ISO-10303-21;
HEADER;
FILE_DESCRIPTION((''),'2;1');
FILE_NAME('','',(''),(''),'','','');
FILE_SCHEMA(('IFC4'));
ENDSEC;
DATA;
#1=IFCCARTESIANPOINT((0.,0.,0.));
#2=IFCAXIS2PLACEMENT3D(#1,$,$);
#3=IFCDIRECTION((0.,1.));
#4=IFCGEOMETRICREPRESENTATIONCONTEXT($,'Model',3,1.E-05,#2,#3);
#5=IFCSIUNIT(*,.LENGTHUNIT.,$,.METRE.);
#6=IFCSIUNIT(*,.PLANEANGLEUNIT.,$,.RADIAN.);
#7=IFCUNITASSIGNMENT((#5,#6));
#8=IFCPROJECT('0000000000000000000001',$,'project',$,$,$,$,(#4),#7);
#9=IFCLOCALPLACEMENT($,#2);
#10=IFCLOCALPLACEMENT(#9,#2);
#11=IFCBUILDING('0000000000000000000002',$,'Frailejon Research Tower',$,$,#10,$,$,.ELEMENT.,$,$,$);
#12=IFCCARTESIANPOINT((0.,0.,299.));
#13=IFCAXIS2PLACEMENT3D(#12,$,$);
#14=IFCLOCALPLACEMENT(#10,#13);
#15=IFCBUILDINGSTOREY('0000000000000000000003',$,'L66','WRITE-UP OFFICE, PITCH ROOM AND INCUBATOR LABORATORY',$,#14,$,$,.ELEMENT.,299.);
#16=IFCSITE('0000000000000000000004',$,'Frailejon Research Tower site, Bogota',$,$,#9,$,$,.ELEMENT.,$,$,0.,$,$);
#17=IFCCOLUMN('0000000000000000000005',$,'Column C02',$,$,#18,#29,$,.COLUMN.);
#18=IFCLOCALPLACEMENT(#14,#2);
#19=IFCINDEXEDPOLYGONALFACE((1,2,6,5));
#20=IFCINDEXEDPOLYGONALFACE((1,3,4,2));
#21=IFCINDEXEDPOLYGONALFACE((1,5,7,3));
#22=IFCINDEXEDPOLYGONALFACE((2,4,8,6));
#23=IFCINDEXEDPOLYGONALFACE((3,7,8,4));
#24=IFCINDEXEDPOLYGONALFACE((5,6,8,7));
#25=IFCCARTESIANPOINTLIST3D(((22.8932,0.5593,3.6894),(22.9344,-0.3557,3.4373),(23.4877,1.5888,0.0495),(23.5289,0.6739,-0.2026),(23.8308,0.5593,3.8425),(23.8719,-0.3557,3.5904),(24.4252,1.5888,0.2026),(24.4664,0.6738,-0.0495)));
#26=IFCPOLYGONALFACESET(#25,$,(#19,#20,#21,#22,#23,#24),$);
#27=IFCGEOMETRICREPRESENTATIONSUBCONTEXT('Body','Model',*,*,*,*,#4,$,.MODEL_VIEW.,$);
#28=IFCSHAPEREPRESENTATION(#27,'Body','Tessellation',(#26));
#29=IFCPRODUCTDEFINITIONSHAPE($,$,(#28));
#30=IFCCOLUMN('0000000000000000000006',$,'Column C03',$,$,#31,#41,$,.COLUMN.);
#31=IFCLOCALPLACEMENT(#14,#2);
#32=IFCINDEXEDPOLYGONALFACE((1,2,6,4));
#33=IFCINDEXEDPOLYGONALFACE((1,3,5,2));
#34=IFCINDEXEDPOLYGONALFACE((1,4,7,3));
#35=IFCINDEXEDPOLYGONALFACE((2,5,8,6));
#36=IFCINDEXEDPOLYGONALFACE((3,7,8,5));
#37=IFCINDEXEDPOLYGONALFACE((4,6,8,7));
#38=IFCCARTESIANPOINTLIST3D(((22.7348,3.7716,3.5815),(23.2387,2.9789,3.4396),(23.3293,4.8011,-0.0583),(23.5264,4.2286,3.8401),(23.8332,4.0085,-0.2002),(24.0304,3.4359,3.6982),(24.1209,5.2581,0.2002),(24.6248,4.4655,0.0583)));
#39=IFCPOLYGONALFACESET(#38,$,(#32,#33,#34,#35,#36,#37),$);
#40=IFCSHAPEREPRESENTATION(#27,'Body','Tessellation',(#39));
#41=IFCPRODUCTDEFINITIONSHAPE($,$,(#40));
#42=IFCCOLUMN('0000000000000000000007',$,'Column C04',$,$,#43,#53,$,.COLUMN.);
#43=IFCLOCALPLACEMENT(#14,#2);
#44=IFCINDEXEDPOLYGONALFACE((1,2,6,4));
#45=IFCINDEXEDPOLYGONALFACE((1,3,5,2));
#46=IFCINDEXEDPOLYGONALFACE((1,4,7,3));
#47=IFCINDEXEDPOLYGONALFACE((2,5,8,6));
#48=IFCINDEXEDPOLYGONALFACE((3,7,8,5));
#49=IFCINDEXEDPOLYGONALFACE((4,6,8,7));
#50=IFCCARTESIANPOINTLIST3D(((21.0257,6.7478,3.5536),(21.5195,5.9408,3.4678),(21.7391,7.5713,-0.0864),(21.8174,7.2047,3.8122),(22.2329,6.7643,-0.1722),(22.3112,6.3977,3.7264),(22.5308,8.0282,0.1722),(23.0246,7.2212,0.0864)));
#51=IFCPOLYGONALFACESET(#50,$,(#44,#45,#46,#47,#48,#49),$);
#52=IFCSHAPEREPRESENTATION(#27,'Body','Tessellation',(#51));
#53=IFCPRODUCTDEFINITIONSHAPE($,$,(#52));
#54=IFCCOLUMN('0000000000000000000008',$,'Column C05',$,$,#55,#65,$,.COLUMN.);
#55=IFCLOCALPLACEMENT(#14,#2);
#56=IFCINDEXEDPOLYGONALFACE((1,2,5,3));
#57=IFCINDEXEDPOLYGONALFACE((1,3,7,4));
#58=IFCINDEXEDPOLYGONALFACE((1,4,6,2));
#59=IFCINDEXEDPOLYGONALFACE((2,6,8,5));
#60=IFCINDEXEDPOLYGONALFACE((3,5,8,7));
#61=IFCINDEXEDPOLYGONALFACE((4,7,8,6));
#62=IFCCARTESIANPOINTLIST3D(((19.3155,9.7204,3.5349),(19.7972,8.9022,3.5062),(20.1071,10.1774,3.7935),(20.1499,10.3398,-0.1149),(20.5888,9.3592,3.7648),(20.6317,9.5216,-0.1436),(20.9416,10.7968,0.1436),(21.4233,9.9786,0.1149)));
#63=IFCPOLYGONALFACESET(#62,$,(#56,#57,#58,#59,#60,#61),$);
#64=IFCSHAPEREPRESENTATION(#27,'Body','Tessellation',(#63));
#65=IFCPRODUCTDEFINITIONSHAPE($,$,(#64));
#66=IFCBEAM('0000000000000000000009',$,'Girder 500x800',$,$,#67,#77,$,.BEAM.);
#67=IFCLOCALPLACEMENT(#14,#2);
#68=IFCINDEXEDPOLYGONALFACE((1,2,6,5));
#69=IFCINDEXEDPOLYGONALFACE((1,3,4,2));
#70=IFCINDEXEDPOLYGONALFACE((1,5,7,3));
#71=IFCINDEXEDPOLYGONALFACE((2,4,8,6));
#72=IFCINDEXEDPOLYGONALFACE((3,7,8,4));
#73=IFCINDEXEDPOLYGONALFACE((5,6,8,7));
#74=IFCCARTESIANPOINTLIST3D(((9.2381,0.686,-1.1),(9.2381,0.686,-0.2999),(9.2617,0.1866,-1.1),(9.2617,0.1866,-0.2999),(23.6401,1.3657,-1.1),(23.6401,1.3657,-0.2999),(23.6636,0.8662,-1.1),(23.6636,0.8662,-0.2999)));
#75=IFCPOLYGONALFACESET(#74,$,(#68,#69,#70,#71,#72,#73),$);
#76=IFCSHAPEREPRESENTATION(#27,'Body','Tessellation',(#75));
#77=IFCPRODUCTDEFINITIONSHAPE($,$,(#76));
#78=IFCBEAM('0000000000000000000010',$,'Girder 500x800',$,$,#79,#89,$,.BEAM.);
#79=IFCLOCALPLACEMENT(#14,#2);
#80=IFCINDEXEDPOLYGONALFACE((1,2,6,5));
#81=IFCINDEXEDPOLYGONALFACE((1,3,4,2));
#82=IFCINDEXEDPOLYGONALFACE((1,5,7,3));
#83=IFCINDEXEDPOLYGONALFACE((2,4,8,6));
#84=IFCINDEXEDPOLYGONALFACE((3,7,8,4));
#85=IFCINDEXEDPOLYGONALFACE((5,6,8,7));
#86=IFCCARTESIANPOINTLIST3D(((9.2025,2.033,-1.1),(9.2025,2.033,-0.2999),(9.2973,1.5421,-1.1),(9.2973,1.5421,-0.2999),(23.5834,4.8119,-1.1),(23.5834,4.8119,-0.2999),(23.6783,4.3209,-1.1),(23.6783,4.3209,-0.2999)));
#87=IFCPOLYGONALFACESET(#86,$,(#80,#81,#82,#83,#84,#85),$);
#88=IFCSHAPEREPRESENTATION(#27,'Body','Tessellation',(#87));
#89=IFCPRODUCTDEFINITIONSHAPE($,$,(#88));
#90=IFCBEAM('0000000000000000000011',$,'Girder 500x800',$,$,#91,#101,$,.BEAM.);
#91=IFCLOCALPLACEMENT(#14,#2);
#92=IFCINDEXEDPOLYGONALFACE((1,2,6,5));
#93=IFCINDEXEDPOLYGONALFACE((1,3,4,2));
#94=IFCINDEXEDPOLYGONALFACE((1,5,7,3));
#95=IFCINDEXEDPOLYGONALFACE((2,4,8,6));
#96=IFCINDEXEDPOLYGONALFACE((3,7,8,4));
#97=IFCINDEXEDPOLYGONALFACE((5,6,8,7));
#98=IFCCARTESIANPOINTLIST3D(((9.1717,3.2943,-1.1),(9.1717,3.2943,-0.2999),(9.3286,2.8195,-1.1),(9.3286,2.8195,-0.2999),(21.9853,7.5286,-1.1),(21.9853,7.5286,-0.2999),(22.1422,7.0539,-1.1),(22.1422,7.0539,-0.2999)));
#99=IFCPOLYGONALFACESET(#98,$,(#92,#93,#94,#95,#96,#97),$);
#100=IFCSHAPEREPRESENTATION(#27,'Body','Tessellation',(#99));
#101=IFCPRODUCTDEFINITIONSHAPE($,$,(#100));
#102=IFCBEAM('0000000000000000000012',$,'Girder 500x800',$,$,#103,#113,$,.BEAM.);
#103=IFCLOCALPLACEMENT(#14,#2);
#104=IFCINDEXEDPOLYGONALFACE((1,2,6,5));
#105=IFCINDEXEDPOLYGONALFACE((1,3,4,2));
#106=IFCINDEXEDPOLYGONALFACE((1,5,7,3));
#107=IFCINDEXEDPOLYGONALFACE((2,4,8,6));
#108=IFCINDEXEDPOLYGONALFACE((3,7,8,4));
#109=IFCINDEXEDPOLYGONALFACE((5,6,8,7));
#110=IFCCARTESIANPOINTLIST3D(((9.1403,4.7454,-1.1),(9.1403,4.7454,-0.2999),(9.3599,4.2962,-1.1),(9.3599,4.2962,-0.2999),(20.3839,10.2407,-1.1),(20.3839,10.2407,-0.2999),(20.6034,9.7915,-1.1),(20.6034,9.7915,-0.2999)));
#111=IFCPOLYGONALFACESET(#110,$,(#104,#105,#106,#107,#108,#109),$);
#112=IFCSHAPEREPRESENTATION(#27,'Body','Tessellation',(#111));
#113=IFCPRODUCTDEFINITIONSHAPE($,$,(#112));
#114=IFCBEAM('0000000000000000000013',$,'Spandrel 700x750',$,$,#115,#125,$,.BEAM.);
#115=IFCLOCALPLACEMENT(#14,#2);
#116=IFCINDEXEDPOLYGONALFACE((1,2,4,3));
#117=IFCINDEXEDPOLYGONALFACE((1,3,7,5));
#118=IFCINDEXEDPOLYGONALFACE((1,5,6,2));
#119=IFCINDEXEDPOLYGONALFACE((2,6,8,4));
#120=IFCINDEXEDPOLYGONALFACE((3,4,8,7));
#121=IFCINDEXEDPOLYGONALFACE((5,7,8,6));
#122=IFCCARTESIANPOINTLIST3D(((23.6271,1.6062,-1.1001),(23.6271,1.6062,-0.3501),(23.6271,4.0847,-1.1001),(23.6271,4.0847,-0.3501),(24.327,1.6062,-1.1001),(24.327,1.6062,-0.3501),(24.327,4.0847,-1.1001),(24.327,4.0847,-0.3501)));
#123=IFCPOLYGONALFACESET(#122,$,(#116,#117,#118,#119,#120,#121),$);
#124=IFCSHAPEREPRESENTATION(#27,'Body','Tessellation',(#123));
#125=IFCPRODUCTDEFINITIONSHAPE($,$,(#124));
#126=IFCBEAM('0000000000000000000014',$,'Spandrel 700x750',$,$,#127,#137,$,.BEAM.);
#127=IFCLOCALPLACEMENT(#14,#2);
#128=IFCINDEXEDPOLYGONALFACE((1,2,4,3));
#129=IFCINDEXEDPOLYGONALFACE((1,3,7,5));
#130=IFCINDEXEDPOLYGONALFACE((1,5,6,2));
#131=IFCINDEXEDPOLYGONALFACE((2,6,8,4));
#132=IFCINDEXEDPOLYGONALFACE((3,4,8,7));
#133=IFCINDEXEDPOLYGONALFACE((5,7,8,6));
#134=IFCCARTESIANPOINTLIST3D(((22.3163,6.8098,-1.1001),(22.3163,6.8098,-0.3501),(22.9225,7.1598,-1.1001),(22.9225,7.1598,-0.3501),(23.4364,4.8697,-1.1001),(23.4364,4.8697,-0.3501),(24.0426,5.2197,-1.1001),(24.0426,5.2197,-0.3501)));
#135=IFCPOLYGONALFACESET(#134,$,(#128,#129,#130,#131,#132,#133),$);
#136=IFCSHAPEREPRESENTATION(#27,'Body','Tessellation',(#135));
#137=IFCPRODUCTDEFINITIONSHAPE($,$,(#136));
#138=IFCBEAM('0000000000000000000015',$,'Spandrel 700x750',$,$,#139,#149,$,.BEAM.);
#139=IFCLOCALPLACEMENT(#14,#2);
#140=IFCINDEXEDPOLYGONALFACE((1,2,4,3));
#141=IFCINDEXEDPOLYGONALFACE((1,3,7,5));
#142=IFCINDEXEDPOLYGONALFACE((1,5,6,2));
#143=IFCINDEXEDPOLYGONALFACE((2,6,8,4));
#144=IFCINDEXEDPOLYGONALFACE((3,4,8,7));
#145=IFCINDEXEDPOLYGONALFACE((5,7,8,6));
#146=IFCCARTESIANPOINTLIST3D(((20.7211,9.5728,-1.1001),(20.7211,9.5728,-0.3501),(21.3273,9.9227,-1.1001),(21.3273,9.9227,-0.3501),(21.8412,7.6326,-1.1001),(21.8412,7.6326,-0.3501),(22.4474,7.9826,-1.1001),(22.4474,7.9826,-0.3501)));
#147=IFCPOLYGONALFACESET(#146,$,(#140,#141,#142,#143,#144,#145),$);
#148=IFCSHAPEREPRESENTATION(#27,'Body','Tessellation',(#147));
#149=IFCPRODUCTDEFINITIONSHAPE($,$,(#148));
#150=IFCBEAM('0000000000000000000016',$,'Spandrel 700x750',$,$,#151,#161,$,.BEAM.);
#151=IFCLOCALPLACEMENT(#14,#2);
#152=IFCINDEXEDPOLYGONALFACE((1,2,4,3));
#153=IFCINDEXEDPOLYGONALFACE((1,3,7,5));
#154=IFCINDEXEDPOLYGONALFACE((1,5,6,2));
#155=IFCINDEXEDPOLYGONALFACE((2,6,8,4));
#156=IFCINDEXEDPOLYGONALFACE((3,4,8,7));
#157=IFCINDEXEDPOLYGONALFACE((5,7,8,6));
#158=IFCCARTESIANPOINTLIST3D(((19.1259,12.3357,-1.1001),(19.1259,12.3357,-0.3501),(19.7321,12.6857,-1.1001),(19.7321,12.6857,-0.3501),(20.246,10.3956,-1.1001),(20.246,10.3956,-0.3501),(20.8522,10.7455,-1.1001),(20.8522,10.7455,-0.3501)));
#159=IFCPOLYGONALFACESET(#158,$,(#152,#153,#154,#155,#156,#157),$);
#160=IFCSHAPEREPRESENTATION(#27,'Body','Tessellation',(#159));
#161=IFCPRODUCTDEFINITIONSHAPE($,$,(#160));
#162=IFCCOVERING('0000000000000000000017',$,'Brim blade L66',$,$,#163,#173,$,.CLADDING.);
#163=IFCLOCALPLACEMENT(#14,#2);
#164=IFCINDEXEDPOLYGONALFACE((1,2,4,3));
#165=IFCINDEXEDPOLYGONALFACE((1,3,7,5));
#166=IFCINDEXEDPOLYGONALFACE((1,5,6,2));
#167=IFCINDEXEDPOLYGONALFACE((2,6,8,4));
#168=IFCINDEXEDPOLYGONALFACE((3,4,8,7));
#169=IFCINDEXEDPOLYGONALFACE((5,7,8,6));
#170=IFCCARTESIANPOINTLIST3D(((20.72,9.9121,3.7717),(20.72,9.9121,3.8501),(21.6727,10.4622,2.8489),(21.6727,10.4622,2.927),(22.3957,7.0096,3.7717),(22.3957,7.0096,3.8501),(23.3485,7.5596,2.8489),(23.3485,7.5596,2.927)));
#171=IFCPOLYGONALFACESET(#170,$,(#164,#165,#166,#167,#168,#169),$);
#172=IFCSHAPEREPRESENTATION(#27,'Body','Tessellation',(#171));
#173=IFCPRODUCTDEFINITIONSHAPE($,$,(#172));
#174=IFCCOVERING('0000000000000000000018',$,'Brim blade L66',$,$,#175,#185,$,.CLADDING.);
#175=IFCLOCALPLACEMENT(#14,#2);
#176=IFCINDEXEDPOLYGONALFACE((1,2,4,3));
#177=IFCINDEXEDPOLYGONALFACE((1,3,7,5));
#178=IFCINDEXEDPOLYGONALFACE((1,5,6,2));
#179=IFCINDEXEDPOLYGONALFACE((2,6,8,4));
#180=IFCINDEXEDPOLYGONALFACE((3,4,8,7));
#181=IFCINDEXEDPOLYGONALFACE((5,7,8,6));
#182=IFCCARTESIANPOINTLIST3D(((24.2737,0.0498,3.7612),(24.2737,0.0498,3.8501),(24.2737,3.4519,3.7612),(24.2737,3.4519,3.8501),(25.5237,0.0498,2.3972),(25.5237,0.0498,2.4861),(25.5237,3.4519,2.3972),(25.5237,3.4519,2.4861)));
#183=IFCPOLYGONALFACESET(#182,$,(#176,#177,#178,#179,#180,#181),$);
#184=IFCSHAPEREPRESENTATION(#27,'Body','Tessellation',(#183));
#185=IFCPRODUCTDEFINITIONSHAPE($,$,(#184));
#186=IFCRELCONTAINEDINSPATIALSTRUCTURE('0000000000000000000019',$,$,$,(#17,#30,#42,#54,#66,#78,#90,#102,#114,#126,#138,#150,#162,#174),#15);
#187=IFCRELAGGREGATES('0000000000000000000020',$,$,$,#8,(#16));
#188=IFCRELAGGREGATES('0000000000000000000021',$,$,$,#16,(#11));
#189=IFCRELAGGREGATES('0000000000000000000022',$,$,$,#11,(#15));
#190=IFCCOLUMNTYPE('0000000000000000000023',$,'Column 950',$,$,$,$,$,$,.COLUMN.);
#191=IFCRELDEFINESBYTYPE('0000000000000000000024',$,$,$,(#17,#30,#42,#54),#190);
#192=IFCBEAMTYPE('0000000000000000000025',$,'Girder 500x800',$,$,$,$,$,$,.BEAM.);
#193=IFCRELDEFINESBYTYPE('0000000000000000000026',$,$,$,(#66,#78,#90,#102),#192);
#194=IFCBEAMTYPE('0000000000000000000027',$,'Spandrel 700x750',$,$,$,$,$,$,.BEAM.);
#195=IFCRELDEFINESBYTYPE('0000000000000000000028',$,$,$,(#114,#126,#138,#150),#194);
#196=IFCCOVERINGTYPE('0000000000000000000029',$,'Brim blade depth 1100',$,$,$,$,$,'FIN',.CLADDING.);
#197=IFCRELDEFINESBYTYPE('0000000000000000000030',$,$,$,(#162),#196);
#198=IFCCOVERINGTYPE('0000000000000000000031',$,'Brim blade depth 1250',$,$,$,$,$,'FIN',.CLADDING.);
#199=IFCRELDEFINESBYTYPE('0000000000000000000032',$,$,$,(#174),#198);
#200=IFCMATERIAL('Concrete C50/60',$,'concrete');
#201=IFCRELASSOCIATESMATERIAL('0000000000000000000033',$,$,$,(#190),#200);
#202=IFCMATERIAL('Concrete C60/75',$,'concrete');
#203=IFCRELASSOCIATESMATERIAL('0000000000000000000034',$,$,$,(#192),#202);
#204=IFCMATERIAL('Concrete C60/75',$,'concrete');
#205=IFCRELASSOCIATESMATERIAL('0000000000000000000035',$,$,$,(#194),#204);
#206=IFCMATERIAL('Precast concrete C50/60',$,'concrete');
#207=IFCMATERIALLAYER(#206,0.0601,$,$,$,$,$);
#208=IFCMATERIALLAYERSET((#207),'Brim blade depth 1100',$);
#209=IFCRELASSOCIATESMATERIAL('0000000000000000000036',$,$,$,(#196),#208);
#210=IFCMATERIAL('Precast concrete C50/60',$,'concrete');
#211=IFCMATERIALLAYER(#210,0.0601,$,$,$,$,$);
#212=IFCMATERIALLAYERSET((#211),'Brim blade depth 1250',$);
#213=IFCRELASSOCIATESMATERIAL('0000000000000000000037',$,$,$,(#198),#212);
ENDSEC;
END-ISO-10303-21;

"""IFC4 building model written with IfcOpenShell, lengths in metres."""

from ifc_helpers import new_model, si_unit, direction, frame, origin, origin_2d, place, context, subcontext, project, spatial, polyline, rectangle, outline, extrude, material, layer, layer_set, material_profile, profile_set, type_object, element, save


model = new_model("IFC4")

# Units and contexts
model_context = context("Model", 3, precision=1e-05, world=origin(), true_north=direction((0.0, 1.0)))
body_context = subcontext(model_context, "Body", "Model", "MODEL_VIEW")
ifc_project = project(units=[si_unit("LENGTHUNIT", "METRE"), si_unit("PLANEANGLEUNIT", "RADIAN")], contexts=[model_context])

# Site, building, storey
site_placement = place(None, origin())
site = spatial("IfcSite", under=ifc_project, at=site_placement, Name="Frailejon Research Tower site, Bogota", CompositionType="ELEMENT", RefElevation=0.0)
building_placement = place(site_placement, origin())
building = spatial("IfcBuilding", under=site, at=building_placement, Name="Frailejon Research Tower", CompositionType="ELEMENT")
storey_placement = place(building_placement, frame((0.0, 0.0, 299.0)))
storey = spatial("IfcBuildingStorey", under=building, at=storey_placement, Name="L66", Description="WRITE-UP OFFICE, PITCH ROOM AND INCUBATOR LABORATORY", CompositionType="ELEMENT", Elevation=299.0)

# Columns
ifc_material_1 = material(Name="Concrete C50/60", Category="concrete")
ifc_material_profile_1 = material_profile(ifc_material_1, rectangle(XDim=0.95, YDim=0.95, at=origin_2d()), Name="Column 950")
ifc_profile_set_1 = profile_set([ifc_material_profile_1], Name="Concrete C50/60")
column_type = type_object("IfcColumnType", Name="Column 950", PredefinedType="COLUMN", material=ifc_profile_set_1)
for number, where, z_axis, x_axis, name in (
    (1, (23.9771, 1.1313, 0.0), (-0.155253, -0.268871, 0.950581), (-0.043307, 0.963176, 0.265361), "Column C02"),
    (2, (23.9771, 4.6333, 0.0), (-0.155253, -0.268871, 0.950581), (-0.530504, 0.834418, 0.149371), "Column C03"),
):
    element("IfcColumn", number, at=place(storey_placement, frame(where, z_axis=z_axis, x_axis=x_axis)), inside=storey, type_object=column_type, Name=name, PredefinedType="COLUMN", context=body_context, shape_type="SweptSolid", body=[
        extrude(rectangle(XDim=0.95, YDim=0.95, at=origin_2d()), origin(), (0.0, 0.0, 1.0), 3.8291),
    ])
column_1_placement = place(storey_placement, frame((22.3818, 7.3962, 0.0), z_axis=(-0.187758, -0.216738, 0.958004), x_axis=(-0.519767, 0.849519, 0.090326)))
element("IfcColumn", 3, at=column_1_placement, inside=storey, type_object=column_type, Name="Column C04", PredefinedType="COLUMN", context=body_context, shape_type="SweptSolid", body=[
    extrude(rectangle(XDim=0.95, YDim=0.95, at=origin_2d()), origin(), (0.0, 0.0, 1.0), 3.7996),
])
column_2_placement = place(storey_placement, frame((20.7866, 10.1592, 0.0), z_axis=(-0.219889, -0.163212, 0.961775), x_axis=(-0.507104, 0.861354, 0.030232)))
element("IfcColumn", 4, at=column_2_placement, inside=storey, type_object=column_type, Name="Column C05", PredefinedType="COLUMN", context=body_context, shape_type="SweptSolid", body=[
    extrude(rectangle(XDim=0.95, YDim=0.95, at=origin_2d()), origin(), (0.0, 0.0, 1.0), 3.7949),
])

# Beams
ifc_material_2 = material(Name="Concrete C60/75", Category="concrete")
ifc_material_profile_2 = material_profile(ifc_material_2, rectangle(XDim=0.5, YDim=0.8, at=origin_2d()), Name="Girder 500x800")
ifc_profile_set_2 = profile_set([ifc_material_profile_2], Name="Concrete C60/75")
beam_type_1 = type_object("IfcBeamType", Name="Girder 500x800", PredefinedType="BEAM", material=ifc_profile_set_2)
beam_1_placement = place(storey_placement, frame((23.6519, 1.116, -0.7), z_axis=(-0.998888, -0.047142, 0.0), x_axis=(0.047142, -0.998888, 0.0)))
element("IfcBeam", 5, at=beam_1_placement, inside=storey, type_object=beam_type_1, Name="Girder 500x800", PredefinedType="BEAM", context=body_context, shape_type="SweptSolid", body=[
    extrude(rectangle(XDim=0.5, YDim=0.8, at=origin_2d()), origin(), (0.0, 0.0, 1.0), 14.418),
])
beam_2_placement = place(storey_placement, frame((23.6309, 4.5664, -0.7), z_axis=(-0.981838, -0.18972, 0.0), x_axis=(0.18972, -0.981838, 0.0)))
element("IfcBeam", 6, at=beam_2_placement, inside=storey, type_object=beam_type_1, Name="Girder 500x800", PredefinedType="BEAM", context=body_context, shape_type="SweptSolid", body=[
    extrude(rectangle(XDim=0.5, YDim=0.8, at=origin_2d()), origin(), (0.0, 0.0, 1.0), 14.647),
])
beam_3_placement = place(storey_placement, frame((22.0637, 7.2913, -0.7), z_axis=(-0.9495, -0.313768, 0.0), x_axis=(0.313768, -0.9495, 0.0)))
element("IfcBeam", 7, at=beam_3_placement, inside=storey, type_object=beam_type_1, Name="Girder 500x800", PredefinedType="BEAM", context=body_context, shape_type="SweptSolid", body=[
    extrude(rectangle(XDim=0.5, YDim=0.8, at=origin_2d()), origin(), (0.0, 0.0, 1.0), 13.4951),
])
beam_4_placement = place(storey_placement, frame((20.4937, 10.0161, -0.7), z_axis=(-0.898433, -0.439111, 0.0), x_axis=(0.439111, -0.898433, 0.0)))
element("IfcBeam", 8, at=beam_4_placement, inside=storey, type_object=beam_type_1, Name="Girder 500x800", PredefinedType="BEAM", context=body_context, shape_type="SweptSolid", body=[
    extrude(rectangle(XDim=0.5, YDim=0.8, at=origin_2d()), origin(), (0.0, 0.0, 1.0), 12.5146),
])
ifc_material_3 = material(Name="Concrete C60/75", Category="concrete")
ifc_material_profile_3 = material_profile(ifc_material_3, rectangle(XDim=0.7, YDim=0.75, at=origin_2d()), Name="Spandrel 700x750")
ifc_profile_set_3 = profile_set([ifc_material_profile_3], Name="Concrete C60/75")
beam_type_2 = type_object("IfcBeamType", Name="Spandrel 700x750", PredefinedType="BEAM", material=ifc_profile_set_3)
beam_5_placement = place(storey_placement, frame((23.9771, 1.6062, -0.7251), z_axis=(0.0, 1.0, 0.0), x_axis=(-1.0, 0.0, 0.0)))
element("IfcBeam", 9, at=beam_5_placement, inside=storey, type_object=beam_type_2, Name="Spandrel 700x750", PredefinedType="BEAM", context=body_context, shape_type="SweptSolid", body=[
    extrude(rectangle(XDim=0.7, YDim=0.75, at=origin_2d()), origin(), (0.0, 0.0, 1.0), 2.4785),
])
for number, where, z_axis, x_axis, name in (
    (10, (23.7395, 5.0447, -0.7251), (-0.499983, 0.866035, 0.0), (-0.866035, -0.499983, 0.0), "Spandrel 700x750"),
    (11, (22.1443, 7.8076, -0.7251), (-0.499983, 0.866035, 0.0), (-0.866035, -0.499983, 0.0), "Spandrel 700x750"),
    (12, (20.5491, 10.5706, -0.7251), (-0.499983, 0.866035, 0.0), (-0.866035, -0.499983, 0.0), "Spandrel 700x750"),
):
    element("IfcBeam", number, at=place(storey_placement, frame(where, z_axis=z_axis, x_axis=x_axis)), inside=storey, type_object=beam_type_2, Name=name, PredefinedType="BEAM", context=body_context, shape_type="SweptSolid", body=[
        extrude(rectangle(XDim=0.7, YDim=0.75, at=origin_2d()), origin(), (0.0, 0.0, 1.0), 2.2402),
    ])

# Coverings
ifc_material_4 = material(Name="Precast concrete C50/60", Category="concrete")
ifc_layer_1 = layer(ifc_material_4, 0.0601)
ifc_layer_set_1 = layer_set([ifc_layer_1], Name="Brim blade depth 1100")
covering_type_1 = type_object("IfcCoveringType", Name="Brim blade depth 1100", ElementType="FIN", PredefinedType="CLADDING", material=ifc_layer_set_1)
covering_1_placement = place(storey_placement, frame((20.72, 9.9121, 3.8501), z_axis=(0.499997, -0.866027, 0.0), x_axis=(0.866027, 0.499997, 0.0)))
element("IfcCovering", 13, at=covering_1_placement, inside=storey, type_object=covering_type_1, Name="Brim blade L66", PredefinedType="CLADDING", context=body_context, shape_type="SweptSolid", body=[
    extrude(outline(polyline([(0.0, -0.0784), (1.1001, -1.0012), (1.1001, -0.9231), (0.0, 0.0), (0.0, -0.0784)])), origin(), (0.0, 0.0, 1.0), 3.3516),
])
ifc_material_5 = material(Name="Precast concrete C50/60", Category="concrete")
ifc_layer_2 = layer(ifc_material_5, 0.0601)
ifc_layer_set_2 = layer_set([ifc_layer_2], Name="Brim blade depth 1250")
covering_type_2 = type_object("IfcCoveringType", Name="Brim blade depth 1250", ElementType="FIN", PredefinedType="CLADDING", material=ifc_layer_set_2)
covering_2_placement = place(storey_placement, frame((24.2737, 3.4519, 3.8501), z_axis=(0.0, -1.0, 0.0), x_axis=(1.0, 0.0, 0.0)))
element("IfcCovering", 14, at=covering_2_placement, inside=storey, type_object=covering_type_2, Name="Brim blade L66", PredefinedType="CLADDING", context=body_context, shape_type="SweptSolid", body=[
    extrude(outline(polyline([(0.0, -0.0889), (1.25, -1.4529), (1.25, -1.364), (0.0, 0.0), (0.0, -0.0889)])), origin(), (0.0, 0.0, 1.0), 3.4021),
])

save(model, "model.ifc")
